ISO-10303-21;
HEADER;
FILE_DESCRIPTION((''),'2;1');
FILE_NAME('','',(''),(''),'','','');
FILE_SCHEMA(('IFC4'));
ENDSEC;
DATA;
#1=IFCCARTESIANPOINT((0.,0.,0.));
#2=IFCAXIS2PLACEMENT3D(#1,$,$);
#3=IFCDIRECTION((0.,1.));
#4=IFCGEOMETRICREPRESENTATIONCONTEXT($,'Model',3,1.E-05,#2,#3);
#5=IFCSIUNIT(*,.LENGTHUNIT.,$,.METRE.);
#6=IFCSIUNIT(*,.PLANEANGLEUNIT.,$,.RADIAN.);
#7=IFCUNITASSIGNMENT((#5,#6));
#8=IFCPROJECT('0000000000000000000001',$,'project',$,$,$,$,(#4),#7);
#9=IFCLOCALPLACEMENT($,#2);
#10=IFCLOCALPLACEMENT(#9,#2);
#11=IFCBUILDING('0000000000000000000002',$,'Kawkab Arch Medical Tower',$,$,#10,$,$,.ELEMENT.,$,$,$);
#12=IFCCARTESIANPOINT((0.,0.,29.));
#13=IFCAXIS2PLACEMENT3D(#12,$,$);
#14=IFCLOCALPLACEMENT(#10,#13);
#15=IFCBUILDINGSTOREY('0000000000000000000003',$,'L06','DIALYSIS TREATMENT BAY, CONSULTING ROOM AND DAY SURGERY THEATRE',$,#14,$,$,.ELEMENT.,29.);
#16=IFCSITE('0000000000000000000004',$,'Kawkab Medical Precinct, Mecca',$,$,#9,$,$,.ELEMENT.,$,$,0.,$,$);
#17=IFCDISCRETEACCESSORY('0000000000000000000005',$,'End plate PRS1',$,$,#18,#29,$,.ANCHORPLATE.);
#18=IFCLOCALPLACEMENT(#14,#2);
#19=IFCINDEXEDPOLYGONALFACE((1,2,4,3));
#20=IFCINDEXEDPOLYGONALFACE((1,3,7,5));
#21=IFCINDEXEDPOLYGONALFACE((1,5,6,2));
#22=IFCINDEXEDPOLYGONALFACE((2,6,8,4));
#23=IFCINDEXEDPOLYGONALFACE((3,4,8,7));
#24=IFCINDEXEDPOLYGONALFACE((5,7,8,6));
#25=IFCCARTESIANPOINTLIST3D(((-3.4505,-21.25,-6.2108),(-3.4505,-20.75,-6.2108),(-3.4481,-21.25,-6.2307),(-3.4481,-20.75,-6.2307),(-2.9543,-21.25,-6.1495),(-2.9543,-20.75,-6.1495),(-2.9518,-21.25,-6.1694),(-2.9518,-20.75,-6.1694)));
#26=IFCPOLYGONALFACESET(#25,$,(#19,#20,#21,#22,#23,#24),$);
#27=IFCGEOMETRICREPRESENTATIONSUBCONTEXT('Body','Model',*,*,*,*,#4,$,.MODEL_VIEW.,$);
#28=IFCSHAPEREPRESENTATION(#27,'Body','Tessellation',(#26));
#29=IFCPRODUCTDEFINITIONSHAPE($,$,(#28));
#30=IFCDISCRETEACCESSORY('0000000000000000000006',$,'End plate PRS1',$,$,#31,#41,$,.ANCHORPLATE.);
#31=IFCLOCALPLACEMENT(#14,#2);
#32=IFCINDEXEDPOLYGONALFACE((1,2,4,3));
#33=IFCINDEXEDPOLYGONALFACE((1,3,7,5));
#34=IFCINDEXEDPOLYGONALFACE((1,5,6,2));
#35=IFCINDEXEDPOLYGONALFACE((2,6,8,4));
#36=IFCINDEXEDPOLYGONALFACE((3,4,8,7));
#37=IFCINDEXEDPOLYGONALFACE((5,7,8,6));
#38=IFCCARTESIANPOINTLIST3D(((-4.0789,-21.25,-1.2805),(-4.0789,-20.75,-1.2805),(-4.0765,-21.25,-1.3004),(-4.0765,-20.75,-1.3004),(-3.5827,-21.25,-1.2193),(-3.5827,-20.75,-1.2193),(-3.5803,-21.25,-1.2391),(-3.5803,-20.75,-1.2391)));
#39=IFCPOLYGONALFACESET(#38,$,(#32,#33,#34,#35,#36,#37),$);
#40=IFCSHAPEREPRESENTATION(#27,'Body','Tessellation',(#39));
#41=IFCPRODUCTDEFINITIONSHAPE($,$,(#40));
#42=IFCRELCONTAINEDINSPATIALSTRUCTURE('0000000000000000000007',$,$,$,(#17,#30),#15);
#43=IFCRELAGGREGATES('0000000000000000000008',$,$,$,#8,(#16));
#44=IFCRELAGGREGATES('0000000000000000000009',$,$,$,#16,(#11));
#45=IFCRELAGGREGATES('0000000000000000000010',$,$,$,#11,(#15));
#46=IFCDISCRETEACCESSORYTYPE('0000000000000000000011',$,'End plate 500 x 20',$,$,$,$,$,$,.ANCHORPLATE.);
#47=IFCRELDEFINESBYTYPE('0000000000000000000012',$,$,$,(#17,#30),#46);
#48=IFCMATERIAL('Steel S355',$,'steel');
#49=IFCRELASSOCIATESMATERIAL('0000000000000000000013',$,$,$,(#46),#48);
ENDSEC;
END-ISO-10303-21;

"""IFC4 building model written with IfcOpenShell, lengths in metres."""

from ifc_helpers import new_model, si_unit, direction, frame, origin, origin_2d, place, context, subcontext, project, spatial, rectangle, extrude, material, material_profile, profile_set, type_object, element, save


model = new_model("IFC4")

# Units and contexts
model_context = context("Model", 3, precision=1e-05, world=origin(), true_north=direction((0.0, 1.0)))
body_context = subcontext(model_context, "Body", "Model", "MODEL_VIEW")
ifc_project = project(units=[si_unit("LENGTHUNIT", "METRE"), si_unit("PLANEANGLEUNIT", "RADIAN")], contexts=[model_context])

# Site, building, storey
site_placement = place(None, origin())
site = spatial("IfcSite", under=ifc_project, at=site_placement, Name="Kawkab Medical Precinct, Mecca", CompositionType="ELEMENT", RefElevation=0.0)
building_placement = place(site_placement, origin())
building = spatial("IfcBuilding", under=site, at=building_placement, Name="Kawkab Arch Medical Tower", CompositionType="ELEMENT")
storey_placement = place(building_placement, frame((0.0, 0.0, 29.0)))
storey = spatial("IfcBuildingStorey", under=building, at=storey_placement, Name="L06", Description="DIALYSIS TREATMENT BAY, CONSULTING ROOM AND DAY SURGERY THEATRE", CompositionType="ELEMENT", Elevation=29.0)

# Discrete accessories
ifc_material_1 = material(Name="Steel S355", Category="steel")
ifc_material_profile_1 = material_profile(ifc_material_1, rectangle(XDim=0.5, YDim=0.5, at=origin_2d()), Name="End plate 500 x 20")
ifc_profile_set_1 = profile_set([ifc_material_profile_1], Name="Steel S355")
discrete_accessory_type = type_object("IfcDiscreteAccessoryType", Name="End plate 500 x 20", PredefinedType="ANCHORPLATE", material=ifc_profile_set_1)
for number, where, z_axis, x_axis, name in (
    (1, (-3.2024, -21.0, -6.1802), (0.122527, 0.0, -0.992465), (0.0, 1.0, 0.0), "End plate PRS1"),
    (2, (-3.8284, -21.0, -1.2698), (-0.122527, 0.0, 0.992465), (0.0, -1.0, 0.0), "End plate PRS1"),
):
    element("IfcDiscreteAccessory", number, at=place(storey_placement, frame(where, z_axis=z_axis, x_axis=x_axis)), inside=storey, type_object=discrete_accessory_type, Name=name, PredefinedType="ANCHORPLATE", context=body_context, shape_type="SweptSolid", body=[
        extrude(rectangle(XDim=0.5, YDim=0.5, at=origin_2d()), origin(), (0.0, 0.0, 1.0), 0.02),
    ])

save(model, "model.ifc")
